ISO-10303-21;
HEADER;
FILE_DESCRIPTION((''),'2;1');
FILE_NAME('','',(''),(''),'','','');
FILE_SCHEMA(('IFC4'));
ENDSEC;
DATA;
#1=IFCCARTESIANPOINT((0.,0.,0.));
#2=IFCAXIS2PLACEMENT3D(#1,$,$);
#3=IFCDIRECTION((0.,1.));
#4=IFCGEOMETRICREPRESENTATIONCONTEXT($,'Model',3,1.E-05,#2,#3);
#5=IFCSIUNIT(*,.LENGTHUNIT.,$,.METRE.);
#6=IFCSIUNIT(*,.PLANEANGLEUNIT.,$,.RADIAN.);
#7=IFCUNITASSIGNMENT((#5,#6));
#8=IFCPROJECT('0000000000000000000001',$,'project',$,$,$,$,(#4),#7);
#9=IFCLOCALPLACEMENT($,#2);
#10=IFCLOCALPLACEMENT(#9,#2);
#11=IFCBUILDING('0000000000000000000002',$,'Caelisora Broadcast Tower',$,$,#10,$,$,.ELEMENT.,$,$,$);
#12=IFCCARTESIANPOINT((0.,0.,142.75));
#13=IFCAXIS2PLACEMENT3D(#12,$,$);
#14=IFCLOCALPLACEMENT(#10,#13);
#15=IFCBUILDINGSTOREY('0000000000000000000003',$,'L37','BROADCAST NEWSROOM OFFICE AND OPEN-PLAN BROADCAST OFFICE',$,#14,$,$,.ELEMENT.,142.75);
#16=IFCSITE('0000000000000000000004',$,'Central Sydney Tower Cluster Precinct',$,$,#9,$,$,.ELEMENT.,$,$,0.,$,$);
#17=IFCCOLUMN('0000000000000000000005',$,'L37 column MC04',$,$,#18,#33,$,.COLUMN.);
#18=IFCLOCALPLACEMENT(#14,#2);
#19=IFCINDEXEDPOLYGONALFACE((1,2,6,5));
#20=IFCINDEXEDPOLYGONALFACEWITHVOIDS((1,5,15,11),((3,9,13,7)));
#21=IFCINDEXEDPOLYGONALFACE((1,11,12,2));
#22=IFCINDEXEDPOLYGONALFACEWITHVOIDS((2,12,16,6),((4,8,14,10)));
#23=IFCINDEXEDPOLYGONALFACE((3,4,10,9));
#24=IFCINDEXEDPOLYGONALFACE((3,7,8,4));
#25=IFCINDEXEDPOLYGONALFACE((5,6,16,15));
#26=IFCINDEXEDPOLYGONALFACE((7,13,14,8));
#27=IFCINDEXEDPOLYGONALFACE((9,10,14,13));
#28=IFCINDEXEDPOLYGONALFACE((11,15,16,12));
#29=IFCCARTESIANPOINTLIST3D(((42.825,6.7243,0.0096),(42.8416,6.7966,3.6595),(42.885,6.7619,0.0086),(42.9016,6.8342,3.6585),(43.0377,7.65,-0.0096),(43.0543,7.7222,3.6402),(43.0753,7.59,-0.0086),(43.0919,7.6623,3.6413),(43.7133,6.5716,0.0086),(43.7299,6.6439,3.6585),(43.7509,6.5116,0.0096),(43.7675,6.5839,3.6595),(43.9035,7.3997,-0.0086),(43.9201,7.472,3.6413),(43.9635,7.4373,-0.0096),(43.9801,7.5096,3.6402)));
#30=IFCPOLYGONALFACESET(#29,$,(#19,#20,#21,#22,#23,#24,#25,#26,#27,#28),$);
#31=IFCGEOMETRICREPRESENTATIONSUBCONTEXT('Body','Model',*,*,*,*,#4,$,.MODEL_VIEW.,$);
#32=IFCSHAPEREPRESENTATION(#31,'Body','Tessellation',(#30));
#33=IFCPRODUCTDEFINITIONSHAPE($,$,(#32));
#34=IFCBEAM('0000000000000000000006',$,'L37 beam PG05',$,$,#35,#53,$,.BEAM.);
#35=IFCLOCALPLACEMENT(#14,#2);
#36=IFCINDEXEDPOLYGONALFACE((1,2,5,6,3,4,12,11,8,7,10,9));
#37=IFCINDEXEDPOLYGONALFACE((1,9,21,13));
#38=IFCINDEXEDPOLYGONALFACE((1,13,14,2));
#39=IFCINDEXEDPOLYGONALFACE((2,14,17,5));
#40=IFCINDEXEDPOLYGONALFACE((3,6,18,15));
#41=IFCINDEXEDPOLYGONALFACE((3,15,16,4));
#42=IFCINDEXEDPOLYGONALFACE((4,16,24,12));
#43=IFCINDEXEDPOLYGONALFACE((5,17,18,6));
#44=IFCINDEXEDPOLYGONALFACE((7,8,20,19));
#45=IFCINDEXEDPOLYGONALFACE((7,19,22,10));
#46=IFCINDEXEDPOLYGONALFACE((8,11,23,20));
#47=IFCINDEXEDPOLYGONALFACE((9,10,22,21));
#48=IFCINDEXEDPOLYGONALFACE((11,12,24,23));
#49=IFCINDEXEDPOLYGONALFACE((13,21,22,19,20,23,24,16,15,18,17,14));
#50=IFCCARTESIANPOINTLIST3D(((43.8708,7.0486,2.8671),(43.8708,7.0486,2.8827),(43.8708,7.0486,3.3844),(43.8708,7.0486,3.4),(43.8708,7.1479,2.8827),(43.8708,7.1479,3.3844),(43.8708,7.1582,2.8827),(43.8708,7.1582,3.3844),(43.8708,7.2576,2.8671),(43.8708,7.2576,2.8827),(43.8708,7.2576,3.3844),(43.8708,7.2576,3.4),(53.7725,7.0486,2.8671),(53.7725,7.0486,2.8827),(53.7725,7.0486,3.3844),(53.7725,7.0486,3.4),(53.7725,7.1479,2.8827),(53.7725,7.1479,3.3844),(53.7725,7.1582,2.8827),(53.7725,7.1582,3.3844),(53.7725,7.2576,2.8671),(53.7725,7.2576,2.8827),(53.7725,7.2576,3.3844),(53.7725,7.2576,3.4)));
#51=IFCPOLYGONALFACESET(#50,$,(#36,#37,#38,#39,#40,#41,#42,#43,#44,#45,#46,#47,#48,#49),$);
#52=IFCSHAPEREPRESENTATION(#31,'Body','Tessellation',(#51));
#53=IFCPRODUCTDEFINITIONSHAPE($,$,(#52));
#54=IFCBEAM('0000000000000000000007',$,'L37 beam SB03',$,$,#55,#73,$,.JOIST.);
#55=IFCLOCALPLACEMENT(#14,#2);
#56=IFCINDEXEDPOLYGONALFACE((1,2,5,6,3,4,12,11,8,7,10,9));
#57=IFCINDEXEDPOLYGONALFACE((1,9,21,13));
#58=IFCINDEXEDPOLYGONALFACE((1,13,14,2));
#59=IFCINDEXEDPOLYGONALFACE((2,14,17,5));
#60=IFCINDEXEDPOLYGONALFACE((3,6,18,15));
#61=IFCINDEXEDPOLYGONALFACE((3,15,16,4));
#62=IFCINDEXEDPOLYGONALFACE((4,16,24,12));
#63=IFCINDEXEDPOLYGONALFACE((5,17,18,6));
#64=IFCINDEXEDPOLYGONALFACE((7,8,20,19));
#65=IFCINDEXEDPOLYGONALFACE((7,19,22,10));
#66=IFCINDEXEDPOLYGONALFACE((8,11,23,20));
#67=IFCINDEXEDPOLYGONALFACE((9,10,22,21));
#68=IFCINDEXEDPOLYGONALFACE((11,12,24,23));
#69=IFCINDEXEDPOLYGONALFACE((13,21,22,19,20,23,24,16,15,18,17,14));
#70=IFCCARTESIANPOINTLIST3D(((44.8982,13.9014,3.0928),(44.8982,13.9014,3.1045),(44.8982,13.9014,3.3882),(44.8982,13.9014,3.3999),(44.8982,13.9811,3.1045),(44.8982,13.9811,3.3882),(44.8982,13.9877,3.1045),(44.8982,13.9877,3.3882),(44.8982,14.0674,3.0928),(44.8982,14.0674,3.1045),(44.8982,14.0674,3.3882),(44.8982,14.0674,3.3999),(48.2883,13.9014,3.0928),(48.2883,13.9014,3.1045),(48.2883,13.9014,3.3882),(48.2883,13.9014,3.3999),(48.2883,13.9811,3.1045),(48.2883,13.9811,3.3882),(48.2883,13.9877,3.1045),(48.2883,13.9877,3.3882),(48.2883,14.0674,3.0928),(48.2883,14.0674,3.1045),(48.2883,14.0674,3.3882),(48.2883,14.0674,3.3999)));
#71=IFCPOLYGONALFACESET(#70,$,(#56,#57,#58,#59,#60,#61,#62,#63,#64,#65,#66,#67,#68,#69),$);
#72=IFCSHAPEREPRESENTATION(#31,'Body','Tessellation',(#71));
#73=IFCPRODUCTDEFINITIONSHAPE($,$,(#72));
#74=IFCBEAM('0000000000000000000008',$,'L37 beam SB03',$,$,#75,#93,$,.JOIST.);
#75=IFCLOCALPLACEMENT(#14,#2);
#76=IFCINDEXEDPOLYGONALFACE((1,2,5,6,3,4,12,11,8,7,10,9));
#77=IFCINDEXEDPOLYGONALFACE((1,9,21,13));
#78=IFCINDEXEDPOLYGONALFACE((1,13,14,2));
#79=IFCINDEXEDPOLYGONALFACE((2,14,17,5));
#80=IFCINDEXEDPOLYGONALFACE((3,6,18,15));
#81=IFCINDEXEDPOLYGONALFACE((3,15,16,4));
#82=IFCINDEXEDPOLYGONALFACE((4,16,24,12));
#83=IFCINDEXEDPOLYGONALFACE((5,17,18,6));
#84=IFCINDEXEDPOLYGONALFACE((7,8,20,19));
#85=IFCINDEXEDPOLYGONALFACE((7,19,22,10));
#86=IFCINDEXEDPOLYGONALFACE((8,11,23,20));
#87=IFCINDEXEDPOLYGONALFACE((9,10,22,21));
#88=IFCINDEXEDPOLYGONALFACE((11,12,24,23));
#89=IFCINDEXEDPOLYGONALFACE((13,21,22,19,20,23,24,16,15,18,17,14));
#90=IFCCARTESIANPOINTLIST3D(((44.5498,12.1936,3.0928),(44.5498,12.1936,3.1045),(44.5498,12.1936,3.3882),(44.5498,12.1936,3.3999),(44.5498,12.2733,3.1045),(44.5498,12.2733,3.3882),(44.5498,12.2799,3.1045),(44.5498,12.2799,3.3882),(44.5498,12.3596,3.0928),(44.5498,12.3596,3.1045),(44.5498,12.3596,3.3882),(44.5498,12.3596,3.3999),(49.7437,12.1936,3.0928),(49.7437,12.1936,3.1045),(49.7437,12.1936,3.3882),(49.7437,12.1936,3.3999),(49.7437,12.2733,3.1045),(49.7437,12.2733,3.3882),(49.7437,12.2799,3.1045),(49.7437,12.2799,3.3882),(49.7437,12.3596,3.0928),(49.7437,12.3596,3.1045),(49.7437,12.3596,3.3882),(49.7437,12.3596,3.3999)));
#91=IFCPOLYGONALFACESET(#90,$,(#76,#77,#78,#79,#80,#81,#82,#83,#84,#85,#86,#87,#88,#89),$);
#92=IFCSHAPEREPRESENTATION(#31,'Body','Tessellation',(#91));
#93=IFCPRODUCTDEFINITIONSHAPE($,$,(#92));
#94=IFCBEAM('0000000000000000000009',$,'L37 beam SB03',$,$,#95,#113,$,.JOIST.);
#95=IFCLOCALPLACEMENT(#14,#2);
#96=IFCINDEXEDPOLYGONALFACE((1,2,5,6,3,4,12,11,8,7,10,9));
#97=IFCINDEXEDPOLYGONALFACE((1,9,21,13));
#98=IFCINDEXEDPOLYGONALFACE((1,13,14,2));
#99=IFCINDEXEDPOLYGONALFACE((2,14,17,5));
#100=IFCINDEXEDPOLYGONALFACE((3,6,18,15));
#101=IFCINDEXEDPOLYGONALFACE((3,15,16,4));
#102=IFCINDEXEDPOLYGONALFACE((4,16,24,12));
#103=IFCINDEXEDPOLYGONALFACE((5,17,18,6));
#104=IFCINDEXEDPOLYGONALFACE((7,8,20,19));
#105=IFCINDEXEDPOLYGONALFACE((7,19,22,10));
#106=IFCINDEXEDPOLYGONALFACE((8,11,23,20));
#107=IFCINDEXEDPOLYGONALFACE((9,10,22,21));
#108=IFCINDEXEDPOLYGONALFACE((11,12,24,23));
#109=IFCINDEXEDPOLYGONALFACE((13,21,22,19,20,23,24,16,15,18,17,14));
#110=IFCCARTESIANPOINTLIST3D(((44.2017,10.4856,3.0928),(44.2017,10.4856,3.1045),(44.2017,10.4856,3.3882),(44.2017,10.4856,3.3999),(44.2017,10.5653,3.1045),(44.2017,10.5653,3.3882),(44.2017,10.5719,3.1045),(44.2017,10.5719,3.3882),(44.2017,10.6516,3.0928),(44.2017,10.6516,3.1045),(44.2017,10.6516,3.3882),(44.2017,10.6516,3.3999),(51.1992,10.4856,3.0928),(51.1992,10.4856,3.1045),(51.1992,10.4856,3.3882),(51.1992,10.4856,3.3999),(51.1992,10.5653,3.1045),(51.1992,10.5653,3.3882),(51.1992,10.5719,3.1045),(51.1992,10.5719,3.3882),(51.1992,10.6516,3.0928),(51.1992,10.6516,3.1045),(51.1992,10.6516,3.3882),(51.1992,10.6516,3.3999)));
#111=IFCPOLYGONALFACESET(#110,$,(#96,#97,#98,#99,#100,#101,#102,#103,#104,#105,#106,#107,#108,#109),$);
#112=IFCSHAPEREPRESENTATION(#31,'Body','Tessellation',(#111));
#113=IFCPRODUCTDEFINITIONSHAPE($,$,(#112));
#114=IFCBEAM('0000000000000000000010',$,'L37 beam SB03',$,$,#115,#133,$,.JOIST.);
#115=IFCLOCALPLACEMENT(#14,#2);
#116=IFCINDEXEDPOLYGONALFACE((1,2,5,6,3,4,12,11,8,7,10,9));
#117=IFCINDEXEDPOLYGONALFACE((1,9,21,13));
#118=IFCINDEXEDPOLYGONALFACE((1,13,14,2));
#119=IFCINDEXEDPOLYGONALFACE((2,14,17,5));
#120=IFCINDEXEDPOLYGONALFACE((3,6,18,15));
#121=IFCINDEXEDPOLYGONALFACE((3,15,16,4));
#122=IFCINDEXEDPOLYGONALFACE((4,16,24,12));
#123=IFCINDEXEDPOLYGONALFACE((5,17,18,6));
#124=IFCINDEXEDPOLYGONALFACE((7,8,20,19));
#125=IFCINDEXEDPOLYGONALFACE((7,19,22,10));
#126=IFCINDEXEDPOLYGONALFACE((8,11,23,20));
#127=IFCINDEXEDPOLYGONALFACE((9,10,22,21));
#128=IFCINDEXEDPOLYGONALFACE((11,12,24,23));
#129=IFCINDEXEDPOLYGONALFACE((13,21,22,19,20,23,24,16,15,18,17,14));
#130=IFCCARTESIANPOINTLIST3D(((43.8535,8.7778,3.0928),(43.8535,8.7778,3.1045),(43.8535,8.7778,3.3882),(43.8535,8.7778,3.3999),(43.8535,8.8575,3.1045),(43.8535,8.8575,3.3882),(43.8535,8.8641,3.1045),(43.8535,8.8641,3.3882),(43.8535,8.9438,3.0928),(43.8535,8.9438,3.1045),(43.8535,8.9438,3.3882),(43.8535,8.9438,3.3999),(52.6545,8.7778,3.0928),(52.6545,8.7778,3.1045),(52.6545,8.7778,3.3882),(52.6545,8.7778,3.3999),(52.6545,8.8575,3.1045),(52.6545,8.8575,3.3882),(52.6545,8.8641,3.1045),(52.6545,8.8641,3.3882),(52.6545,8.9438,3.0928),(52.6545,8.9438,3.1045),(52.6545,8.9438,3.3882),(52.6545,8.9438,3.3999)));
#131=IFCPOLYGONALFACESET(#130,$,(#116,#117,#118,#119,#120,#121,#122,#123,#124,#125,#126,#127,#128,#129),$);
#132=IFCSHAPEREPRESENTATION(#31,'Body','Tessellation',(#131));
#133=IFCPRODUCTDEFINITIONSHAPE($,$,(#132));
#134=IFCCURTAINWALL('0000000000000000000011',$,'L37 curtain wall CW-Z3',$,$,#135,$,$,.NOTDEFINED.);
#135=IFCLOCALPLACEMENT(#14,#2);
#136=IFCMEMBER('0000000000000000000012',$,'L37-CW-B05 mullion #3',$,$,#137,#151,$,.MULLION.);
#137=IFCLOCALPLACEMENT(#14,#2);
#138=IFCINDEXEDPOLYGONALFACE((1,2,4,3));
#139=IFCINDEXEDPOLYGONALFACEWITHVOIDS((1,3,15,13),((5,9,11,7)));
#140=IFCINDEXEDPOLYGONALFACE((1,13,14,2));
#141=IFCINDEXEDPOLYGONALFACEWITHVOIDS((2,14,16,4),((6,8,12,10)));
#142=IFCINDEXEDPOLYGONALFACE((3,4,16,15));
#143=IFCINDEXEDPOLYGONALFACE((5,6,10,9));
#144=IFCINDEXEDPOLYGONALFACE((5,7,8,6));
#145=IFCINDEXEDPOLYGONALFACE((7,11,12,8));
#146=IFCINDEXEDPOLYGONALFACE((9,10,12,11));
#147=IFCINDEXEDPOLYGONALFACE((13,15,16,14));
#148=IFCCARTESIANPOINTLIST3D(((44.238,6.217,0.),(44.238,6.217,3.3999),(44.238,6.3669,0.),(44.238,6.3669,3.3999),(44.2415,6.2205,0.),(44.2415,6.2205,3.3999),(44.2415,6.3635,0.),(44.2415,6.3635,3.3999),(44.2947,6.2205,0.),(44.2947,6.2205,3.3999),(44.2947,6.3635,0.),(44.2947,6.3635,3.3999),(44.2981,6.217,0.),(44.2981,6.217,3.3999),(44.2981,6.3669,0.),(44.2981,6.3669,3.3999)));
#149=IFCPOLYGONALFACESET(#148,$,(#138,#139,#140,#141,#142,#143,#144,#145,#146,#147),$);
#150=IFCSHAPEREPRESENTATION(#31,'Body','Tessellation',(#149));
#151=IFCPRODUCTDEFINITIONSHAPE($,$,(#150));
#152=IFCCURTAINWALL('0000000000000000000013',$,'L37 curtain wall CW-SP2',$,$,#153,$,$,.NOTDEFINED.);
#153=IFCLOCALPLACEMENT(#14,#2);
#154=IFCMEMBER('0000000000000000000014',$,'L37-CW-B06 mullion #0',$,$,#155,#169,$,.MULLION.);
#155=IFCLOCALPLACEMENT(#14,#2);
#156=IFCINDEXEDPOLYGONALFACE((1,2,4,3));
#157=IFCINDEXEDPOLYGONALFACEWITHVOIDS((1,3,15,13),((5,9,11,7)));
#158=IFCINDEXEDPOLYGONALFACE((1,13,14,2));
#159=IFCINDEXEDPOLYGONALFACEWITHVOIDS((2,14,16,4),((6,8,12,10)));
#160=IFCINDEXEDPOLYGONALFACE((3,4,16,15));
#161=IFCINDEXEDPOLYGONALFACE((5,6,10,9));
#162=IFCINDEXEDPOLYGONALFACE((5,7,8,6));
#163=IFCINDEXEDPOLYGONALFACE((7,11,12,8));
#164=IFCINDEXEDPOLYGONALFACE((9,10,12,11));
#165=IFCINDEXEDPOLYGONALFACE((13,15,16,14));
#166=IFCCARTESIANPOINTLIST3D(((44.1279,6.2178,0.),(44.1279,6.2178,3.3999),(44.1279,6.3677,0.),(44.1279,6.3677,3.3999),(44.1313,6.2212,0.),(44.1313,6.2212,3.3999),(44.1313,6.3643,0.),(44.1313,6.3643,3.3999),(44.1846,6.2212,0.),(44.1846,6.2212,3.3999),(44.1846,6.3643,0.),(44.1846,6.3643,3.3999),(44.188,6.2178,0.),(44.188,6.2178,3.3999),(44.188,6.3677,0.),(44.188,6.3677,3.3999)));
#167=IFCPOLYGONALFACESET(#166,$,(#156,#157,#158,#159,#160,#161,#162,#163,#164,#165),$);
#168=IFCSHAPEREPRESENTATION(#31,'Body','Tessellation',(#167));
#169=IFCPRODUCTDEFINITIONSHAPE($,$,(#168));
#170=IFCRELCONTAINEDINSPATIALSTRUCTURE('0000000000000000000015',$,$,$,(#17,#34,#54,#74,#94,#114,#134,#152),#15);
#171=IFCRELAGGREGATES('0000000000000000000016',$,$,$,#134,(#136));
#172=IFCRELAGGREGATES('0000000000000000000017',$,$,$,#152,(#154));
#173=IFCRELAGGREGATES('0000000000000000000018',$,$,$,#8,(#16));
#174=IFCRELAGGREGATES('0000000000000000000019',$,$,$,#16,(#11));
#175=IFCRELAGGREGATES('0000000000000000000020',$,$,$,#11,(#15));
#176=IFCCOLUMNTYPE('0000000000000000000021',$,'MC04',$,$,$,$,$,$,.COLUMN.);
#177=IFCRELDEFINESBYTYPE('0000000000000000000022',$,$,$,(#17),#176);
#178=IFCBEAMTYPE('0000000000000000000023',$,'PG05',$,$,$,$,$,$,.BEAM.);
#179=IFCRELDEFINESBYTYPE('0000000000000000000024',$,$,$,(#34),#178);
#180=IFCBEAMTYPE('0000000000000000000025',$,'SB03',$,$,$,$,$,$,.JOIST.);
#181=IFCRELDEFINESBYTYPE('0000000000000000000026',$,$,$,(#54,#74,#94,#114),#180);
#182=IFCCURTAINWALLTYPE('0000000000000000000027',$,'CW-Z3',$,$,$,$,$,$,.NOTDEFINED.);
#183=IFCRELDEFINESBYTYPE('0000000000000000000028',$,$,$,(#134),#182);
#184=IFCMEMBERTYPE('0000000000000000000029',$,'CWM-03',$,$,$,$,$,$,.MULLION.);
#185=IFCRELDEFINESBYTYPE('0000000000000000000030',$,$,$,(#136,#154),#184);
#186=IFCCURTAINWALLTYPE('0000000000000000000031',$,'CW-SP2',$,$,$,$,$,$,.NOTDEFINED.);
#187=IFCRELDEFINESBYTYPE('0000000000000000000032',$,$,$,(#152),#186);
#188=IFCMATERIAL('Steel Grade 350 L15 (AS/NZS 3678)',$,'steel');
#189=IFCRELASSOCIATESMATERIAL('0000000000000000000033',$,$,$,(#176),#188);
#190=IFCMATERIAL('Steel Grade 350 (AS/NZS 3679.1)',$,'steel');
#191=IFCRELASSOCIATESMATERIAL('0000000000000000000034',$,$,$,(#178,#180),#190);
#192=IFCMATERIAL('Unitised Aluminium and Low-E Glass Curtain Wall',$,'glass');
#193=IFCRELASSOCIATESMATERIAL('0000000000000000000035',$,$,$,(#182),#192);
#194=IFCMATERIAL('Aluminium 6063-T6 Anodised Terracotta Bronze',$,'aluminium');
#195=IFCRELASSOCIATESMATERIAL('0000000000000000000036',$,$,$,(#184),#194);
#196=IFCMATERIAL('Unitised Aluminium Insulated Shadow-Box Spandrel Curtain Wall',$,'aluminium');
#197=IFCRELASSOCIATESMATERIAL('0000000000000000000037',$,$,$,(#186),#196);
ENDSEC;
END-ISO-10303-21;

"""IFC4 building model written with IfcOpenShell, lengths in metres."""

from ifc_helpers import new_model, si_unit, direction, frame, origin, origin_2d, place, context, subcontext, project, spatial, hollow_rectangle, i_section, extrude, source, transform, mapped, material, material_profile, profile_set, type_object, type_shapes, element, aggregate, save


model = new_model("IFC4")

# Units and contexts
model_context = context("Model", 3, precision=1e-05, world=origin(), true_north=direction((0.0, 1.0)))
body_context = subcontext(model_context, "Body", "Model", "MODEL_VIEW")
ifc_project = project(units=[si_unit("LENGTHUNIT", "METRE"), si_unit("PLANEANGLEUNIT", "RADIAN")], contexts=[model_context])

# Site, building, storey
site_placement = place(None, origin())
site = spatial("IfcSite", under=ifc_project, at=site_placement, Name="Central Sydney Tower Cluster Precinct", CompositionType="ELEMENT", RefElevation=0.0)
building_placement = place(site_placement, origin())
building = spatial("IfcBuilding", under=site, at=building_placement, Name="Caelisora Broadcast Tower", CompositionType="ELEMENT")
storey_placement = place(building_placement, frame((0.0, 0.0, 142.75)))
storey = spatial("IfcBuildingStorey", under=building, at=storey_placement, Name="L37", Description="BROADCAST NEWSROOM OFFICE AND OPEN-PLAN BROADCAST OFFICE", CompositionType="ELEMENT", Elevation=142.75)

# Column
ifc_material_1 = material(Name="Steel Grade 350 L15 (AS/NZS 3678)", Category="steel")
ifc_material_profile_1 = material_profile(ifc_material_1, hollow_rectangle(XDim=0.95, YDim=0.95, WallThickness=0.05, at=origin_2d()), Name="Steel Grade 350 L15 (AS/NZS 3678)")
ifc_profile_set_1 = profile_set([ifc_material_profile_1], Name="Steel Grade 350 L15 (AS/NZS 3678)")
column_type = type_object("IfcColumnType", Name="MC04", PredefinedType="COLUMN", material=ifc_profile_set_1)
shared_shape_1 = source(origin(), body_context, "Body", "SweptSolid", [
    extrude(hollow_rectangle(XDim=0.95, YDim=0.95, WallThickness=0.05, at=origin_2d()), origin(), (0.0, 0.0, 1.0), 3.6506),
])
type_shapes(column_type, [shared_shape_1])
column_placement = place(storey_placement, frame((43.3943, 7.0808, 0.0), z_axis=(0.004548, 0.019795, 0.999794), x_axis=(-0.974613, 0.223898, 0.0)))
element("IfcColumn", 1, at=column_placement, inside=storey, type_object=column_type, Name="L37 column MC04", PredefinedType="COLUMN", context=body_context, shape_type="MappedRepresentation", body=[
    mapped(shared_shape_1, transform((0.0, 0.0, 0.0), scale=1.0)),
])

# Beams
ifc_material_2 = material(Name="Steel Grade 350 (AS/NZS 3679.1)", Category="steel")
ifc_material_profile_2 = material_profile(ifc_material_2, i_section(OverallWidth=0.209, OverallDepth=0.533, WebThickness=0.0103, FlangeThickness=0.0156, at=origin_2d()), Name="Steel Grade 350 (AS/NZS 3679.1)")
ifc_profile_set_2 = profile_set([ifc_material_profile_2], Name="Steel Grade 350 (AS/NZS 3679.1)")
beam_type_1 = type_object("IfcBeamType", Name="PG05", PredefinedType="BEAM", material=ifc_profile_set_2)
shared_shape_2 = source(origin(), body_context, "Body", "SweptSolid", [
    extrude(i_section(OverallWidth=0.209, OverallDepth=0.533, WebThickness=0.0103, FlangeThickness=0.0156, at=origin_2d()), origin(), (0.0, 0.0, 1.0), 9.9016),
])
type_shapes(beam_type_1, [shared_shape_2])
beam_1_placement = place(storey_placement, frame((43.8708, 7.1531, 3.1335), z_axis=(1.0, 0.0, 0.0), x_axis=(0.0, 1.0, 0.0)))
element("IfcBeam", 2, at=beam_1_placement, inside=storey, type_object=beam_type_1, Name="L37 beam PG05", PredefinedType="BEAM", context=body_context, shape_type="MappedRepresentation", body=[
    mapped(shared_shape_2, transform((0.0, 0.0, 0.0), scale=1.0)),
])
ifc_material_profile_3 = material_profile(ifc_material_2, i_section(OverallWidth=0.166, OverallDepth=0.3071, WebThickness=0.0066, FlangeThickness=0.0117, at=origin_2d()), Name="Steel Grade 350 (AS/NZS 3679.1)")
ifc_profile_set_3 = profile_set([ifc_material_profile_3], Name="Steel Grade 350 (AS/NZS 3679.1)")
beam_type_2 = type_object("IfcBeamType", Name="SB03", PredefinedType="JOIST", material=ifc_profile_set_3)
shared_shape_3 = source(origin(), body_context, "Body", "SweptSolid", [
    extrude(i_section(OverallWidth=0.166, OverallDepth=0.3071, WebThickness=0.0066, FlangeThickness=0.0117, at=origin_2d()), origin(), (0.0, 0.0, 1.0), 3.3901),
])
beam_2_placement = place(storey_placement, frame((44.8982, 13.9844, 3.2463), z_axis=(1.0, 0.0, 0.0), x_axis=(0.0, 1.0, 0.0)))
element("IfcBeam", 3, at=beam_2_placement, inside=storey, type_object=beam_type_2, Name="L37 beam SB03", PredefinedType="JOIST", context=body_context, shape_type="MappedRepresentation", body=[
    mapped(shared_shape_3, transform((0.0, 0.0, 0.0), scale=1.0)),
])
shared_shape_4 = source(origin(), body_context, "Body", "SweptSolid", [
    extrude(i_section(OverallWidth=0.166, OverallDepth=0.3071, WebThickness=0.0066, FlangeThickness=0.0117, at=origin_2d()), origin(), (0.0, 0.0, 1.0), 5.1938),
])
beam_3_placement = place(storey_placement, frame((44.5498, 12.2766, 3.2463), z_axis=(1.0, 0.0, 0.0), x_axis=(0.0, 1.0, 0.0)))
element("IfcBeam", 4, at=beam_3_placement, inside=storey, type_object=beam_type_2, Name="L37 beam SB03", PredefinedType="JOIST", context=body_context, shape_type="MappedRepresentation", body=[
    mapped(shared_shape_4, transform((0.0, 0.0, 0.0), scale=1.0)),
])
shared_shape_5 = source(origin(), body_context, "Body", "SweptSolid", [
    extrude(i_section(OverallWidth=0.166, OverallDepth=0.3071, WebThickness=0.0066, FlangeThickness=0.0117, at=origin_2d()), origin(), (0.0, 0.0, 1.0), 6.9976),
])
beam_4_placement = place(storey_placement, frame((44.2017, 10.5686, 3.2463), z_axis=(1.0, 0.0, 0.0), x_axis=(0.0, 1.0, 0.0)))
element("IfcBeam", 5, at=beam_4_placement, inside=storey, type_object=beam_type_2, Name="L37 beam SB03", PredefinedType="JOIST", context=body_context, shape_type="MappedRepresentation", body=[
    mapped(shared_shape_5, transform((0.0, 0.0, 0.0), scale=1.0)),
])
shared_shape_6 = source(origin(), body_context, "Body", "SweptSolid", [
    extrude(i_section(OverallWidth=0.166, OverallDepth=0.3071, WebThickness=0.0066, FlangeThickness=0.0117, at=origin_2d()), origin(), (0.0, 0.0, 1.0), 8.801),
])
type_shapes(beam_type_2, [shared_shape_3, shared_shape_4, shared_shape_5, shared_shape_6])
beam_5_placement = place(storey_placement, frame((43.8535, 8.8608, 3.2463), z_axis=(1.0, 0.0, 0.0), x_axis=(0.0, 1.0, 0.0)))
element("IfcBeam", 6, at=beam_5_placement, inside=storey, type_object=beam_type_2, Name="L37 beam SB03", PredefinedType="JOIST", context=body_context, shape_type="MappedRepresentation", body=[
    mapped(shared_shape_6, transform((0.0, 0.0, 0.0), scale=1.0)),
])

# Curtain wall, member
ifc_material_3 = material(Name="Unitised Aluminium and Low-E Glass Curtain Wall", Category="glass")
curtain_wall_type_1 = type_object("IfcCurtainWallType", Name="CW-Z3", PredefinedType="NOTDEFINED", material=ifc_material_3)
curtain_wall_1_placement = place(storey_placement, origin())
curtain_wall_1 = element("IfcCurtainWall", 7, at=curtain_wall_1_placement, inside=storey, type_object=curtain_wall_type_1, Name="L37 curtain wall CW-Z3", PredefinedType="NOTDEFINED")
ifc_material_4 = material(Name="Aluminium 6063-T6 Anodised Terracotta Bronze", Category="aluminium")
ifc_material_profile_4 = material_profile(ifc_material_4, hollow_rectangle(XDim=0.0601, YDim=0.1499, WallThickness=0.0034, at=origin_2d()), Name="Aluminium 6063-T6 Anodised Terracotta Bronze")
ifc_profile_set_4 = profile_set([ifc_material_profile_4], Name="Aluminium 6063-T6 Anodised Terracotta Bronze")
member_type_1 = type_object("IfcMemberType", Name="CWM-03", PredefinedType="MULLION", material=ifc_profile_set_4)
shared_shape_7 = source(origin(), body_context, "Body", "SweptSolid", [
    extrude(hollow_rectangle(XDim=0.0601, YDim=0.1499, WallThickness=0.0034, at=origin_2d()), origin(), (0.0, 0.0, 1.0), 3.3999),
])
type_shapes(member_type_1, [shared_shape_7])
member_1_placement = place(storey_placement, frame((44.2681, 6.292, 0.0), z_axis=(0.0, 0.0, 1.0), x_axis=(1.0, 0.0, 0.0)))
member_1 = element("IfcMember", 8, at=member_1_placement, type_object=member_type_1, Name="L37-CW-B05 mullion #3", PredefinedType="MULLION", context=body_context, shape_type="MappedRepresentation", body=[
    mapped(shared_shape_7, transform((0.0, 0.0, 0.0), scale=1.0)),
])
aggregate(curtain_wall_1, [member_1])

# Curtain wall, member
ifc_material_5 = material(Name="Unitised Aluminium Insulated Shadow-Box Spandrel Curtain Wall", Category="aluminium")
curtain_wall_type_2 = type_object("IfcCurtainWallType", Name="CW-SP2", PredefinedType="NOTDEFINED", material=ifc_material_5)
curtain_wall_2_placement = place(storey_placement, origin())
curtain_wall_2 = element("IfcCurtainWall", 9, at=curtain_wall_2_placement, inside=storey, type_object=curtain_wall_type_2, Name="L37 curtain wall CW-SP2", PredefinedType="NOTDEFINED")
member_2_placement = place(storey_placement, frame((44.158, 6.2927, 0.0), z_axis=(0.0, 0.0, 1.0), x_axis=(1.0, 0.0, 0.0)))
member_2 = element("IfcMember", 10, at=member_2_placement, type_object=member_type_1, Name="L37-CW-B06 mullion #0", PredefinedType="MULLION", context=body_context, shape_type="MappedRepresentation", body=[
    mapped(shared_shape_7, transform((0.0, 0.0, 0.0), scale=1.0)),
])

aggregate(curtain_wall_2, [member_2])

save(model, "model.ifc")
